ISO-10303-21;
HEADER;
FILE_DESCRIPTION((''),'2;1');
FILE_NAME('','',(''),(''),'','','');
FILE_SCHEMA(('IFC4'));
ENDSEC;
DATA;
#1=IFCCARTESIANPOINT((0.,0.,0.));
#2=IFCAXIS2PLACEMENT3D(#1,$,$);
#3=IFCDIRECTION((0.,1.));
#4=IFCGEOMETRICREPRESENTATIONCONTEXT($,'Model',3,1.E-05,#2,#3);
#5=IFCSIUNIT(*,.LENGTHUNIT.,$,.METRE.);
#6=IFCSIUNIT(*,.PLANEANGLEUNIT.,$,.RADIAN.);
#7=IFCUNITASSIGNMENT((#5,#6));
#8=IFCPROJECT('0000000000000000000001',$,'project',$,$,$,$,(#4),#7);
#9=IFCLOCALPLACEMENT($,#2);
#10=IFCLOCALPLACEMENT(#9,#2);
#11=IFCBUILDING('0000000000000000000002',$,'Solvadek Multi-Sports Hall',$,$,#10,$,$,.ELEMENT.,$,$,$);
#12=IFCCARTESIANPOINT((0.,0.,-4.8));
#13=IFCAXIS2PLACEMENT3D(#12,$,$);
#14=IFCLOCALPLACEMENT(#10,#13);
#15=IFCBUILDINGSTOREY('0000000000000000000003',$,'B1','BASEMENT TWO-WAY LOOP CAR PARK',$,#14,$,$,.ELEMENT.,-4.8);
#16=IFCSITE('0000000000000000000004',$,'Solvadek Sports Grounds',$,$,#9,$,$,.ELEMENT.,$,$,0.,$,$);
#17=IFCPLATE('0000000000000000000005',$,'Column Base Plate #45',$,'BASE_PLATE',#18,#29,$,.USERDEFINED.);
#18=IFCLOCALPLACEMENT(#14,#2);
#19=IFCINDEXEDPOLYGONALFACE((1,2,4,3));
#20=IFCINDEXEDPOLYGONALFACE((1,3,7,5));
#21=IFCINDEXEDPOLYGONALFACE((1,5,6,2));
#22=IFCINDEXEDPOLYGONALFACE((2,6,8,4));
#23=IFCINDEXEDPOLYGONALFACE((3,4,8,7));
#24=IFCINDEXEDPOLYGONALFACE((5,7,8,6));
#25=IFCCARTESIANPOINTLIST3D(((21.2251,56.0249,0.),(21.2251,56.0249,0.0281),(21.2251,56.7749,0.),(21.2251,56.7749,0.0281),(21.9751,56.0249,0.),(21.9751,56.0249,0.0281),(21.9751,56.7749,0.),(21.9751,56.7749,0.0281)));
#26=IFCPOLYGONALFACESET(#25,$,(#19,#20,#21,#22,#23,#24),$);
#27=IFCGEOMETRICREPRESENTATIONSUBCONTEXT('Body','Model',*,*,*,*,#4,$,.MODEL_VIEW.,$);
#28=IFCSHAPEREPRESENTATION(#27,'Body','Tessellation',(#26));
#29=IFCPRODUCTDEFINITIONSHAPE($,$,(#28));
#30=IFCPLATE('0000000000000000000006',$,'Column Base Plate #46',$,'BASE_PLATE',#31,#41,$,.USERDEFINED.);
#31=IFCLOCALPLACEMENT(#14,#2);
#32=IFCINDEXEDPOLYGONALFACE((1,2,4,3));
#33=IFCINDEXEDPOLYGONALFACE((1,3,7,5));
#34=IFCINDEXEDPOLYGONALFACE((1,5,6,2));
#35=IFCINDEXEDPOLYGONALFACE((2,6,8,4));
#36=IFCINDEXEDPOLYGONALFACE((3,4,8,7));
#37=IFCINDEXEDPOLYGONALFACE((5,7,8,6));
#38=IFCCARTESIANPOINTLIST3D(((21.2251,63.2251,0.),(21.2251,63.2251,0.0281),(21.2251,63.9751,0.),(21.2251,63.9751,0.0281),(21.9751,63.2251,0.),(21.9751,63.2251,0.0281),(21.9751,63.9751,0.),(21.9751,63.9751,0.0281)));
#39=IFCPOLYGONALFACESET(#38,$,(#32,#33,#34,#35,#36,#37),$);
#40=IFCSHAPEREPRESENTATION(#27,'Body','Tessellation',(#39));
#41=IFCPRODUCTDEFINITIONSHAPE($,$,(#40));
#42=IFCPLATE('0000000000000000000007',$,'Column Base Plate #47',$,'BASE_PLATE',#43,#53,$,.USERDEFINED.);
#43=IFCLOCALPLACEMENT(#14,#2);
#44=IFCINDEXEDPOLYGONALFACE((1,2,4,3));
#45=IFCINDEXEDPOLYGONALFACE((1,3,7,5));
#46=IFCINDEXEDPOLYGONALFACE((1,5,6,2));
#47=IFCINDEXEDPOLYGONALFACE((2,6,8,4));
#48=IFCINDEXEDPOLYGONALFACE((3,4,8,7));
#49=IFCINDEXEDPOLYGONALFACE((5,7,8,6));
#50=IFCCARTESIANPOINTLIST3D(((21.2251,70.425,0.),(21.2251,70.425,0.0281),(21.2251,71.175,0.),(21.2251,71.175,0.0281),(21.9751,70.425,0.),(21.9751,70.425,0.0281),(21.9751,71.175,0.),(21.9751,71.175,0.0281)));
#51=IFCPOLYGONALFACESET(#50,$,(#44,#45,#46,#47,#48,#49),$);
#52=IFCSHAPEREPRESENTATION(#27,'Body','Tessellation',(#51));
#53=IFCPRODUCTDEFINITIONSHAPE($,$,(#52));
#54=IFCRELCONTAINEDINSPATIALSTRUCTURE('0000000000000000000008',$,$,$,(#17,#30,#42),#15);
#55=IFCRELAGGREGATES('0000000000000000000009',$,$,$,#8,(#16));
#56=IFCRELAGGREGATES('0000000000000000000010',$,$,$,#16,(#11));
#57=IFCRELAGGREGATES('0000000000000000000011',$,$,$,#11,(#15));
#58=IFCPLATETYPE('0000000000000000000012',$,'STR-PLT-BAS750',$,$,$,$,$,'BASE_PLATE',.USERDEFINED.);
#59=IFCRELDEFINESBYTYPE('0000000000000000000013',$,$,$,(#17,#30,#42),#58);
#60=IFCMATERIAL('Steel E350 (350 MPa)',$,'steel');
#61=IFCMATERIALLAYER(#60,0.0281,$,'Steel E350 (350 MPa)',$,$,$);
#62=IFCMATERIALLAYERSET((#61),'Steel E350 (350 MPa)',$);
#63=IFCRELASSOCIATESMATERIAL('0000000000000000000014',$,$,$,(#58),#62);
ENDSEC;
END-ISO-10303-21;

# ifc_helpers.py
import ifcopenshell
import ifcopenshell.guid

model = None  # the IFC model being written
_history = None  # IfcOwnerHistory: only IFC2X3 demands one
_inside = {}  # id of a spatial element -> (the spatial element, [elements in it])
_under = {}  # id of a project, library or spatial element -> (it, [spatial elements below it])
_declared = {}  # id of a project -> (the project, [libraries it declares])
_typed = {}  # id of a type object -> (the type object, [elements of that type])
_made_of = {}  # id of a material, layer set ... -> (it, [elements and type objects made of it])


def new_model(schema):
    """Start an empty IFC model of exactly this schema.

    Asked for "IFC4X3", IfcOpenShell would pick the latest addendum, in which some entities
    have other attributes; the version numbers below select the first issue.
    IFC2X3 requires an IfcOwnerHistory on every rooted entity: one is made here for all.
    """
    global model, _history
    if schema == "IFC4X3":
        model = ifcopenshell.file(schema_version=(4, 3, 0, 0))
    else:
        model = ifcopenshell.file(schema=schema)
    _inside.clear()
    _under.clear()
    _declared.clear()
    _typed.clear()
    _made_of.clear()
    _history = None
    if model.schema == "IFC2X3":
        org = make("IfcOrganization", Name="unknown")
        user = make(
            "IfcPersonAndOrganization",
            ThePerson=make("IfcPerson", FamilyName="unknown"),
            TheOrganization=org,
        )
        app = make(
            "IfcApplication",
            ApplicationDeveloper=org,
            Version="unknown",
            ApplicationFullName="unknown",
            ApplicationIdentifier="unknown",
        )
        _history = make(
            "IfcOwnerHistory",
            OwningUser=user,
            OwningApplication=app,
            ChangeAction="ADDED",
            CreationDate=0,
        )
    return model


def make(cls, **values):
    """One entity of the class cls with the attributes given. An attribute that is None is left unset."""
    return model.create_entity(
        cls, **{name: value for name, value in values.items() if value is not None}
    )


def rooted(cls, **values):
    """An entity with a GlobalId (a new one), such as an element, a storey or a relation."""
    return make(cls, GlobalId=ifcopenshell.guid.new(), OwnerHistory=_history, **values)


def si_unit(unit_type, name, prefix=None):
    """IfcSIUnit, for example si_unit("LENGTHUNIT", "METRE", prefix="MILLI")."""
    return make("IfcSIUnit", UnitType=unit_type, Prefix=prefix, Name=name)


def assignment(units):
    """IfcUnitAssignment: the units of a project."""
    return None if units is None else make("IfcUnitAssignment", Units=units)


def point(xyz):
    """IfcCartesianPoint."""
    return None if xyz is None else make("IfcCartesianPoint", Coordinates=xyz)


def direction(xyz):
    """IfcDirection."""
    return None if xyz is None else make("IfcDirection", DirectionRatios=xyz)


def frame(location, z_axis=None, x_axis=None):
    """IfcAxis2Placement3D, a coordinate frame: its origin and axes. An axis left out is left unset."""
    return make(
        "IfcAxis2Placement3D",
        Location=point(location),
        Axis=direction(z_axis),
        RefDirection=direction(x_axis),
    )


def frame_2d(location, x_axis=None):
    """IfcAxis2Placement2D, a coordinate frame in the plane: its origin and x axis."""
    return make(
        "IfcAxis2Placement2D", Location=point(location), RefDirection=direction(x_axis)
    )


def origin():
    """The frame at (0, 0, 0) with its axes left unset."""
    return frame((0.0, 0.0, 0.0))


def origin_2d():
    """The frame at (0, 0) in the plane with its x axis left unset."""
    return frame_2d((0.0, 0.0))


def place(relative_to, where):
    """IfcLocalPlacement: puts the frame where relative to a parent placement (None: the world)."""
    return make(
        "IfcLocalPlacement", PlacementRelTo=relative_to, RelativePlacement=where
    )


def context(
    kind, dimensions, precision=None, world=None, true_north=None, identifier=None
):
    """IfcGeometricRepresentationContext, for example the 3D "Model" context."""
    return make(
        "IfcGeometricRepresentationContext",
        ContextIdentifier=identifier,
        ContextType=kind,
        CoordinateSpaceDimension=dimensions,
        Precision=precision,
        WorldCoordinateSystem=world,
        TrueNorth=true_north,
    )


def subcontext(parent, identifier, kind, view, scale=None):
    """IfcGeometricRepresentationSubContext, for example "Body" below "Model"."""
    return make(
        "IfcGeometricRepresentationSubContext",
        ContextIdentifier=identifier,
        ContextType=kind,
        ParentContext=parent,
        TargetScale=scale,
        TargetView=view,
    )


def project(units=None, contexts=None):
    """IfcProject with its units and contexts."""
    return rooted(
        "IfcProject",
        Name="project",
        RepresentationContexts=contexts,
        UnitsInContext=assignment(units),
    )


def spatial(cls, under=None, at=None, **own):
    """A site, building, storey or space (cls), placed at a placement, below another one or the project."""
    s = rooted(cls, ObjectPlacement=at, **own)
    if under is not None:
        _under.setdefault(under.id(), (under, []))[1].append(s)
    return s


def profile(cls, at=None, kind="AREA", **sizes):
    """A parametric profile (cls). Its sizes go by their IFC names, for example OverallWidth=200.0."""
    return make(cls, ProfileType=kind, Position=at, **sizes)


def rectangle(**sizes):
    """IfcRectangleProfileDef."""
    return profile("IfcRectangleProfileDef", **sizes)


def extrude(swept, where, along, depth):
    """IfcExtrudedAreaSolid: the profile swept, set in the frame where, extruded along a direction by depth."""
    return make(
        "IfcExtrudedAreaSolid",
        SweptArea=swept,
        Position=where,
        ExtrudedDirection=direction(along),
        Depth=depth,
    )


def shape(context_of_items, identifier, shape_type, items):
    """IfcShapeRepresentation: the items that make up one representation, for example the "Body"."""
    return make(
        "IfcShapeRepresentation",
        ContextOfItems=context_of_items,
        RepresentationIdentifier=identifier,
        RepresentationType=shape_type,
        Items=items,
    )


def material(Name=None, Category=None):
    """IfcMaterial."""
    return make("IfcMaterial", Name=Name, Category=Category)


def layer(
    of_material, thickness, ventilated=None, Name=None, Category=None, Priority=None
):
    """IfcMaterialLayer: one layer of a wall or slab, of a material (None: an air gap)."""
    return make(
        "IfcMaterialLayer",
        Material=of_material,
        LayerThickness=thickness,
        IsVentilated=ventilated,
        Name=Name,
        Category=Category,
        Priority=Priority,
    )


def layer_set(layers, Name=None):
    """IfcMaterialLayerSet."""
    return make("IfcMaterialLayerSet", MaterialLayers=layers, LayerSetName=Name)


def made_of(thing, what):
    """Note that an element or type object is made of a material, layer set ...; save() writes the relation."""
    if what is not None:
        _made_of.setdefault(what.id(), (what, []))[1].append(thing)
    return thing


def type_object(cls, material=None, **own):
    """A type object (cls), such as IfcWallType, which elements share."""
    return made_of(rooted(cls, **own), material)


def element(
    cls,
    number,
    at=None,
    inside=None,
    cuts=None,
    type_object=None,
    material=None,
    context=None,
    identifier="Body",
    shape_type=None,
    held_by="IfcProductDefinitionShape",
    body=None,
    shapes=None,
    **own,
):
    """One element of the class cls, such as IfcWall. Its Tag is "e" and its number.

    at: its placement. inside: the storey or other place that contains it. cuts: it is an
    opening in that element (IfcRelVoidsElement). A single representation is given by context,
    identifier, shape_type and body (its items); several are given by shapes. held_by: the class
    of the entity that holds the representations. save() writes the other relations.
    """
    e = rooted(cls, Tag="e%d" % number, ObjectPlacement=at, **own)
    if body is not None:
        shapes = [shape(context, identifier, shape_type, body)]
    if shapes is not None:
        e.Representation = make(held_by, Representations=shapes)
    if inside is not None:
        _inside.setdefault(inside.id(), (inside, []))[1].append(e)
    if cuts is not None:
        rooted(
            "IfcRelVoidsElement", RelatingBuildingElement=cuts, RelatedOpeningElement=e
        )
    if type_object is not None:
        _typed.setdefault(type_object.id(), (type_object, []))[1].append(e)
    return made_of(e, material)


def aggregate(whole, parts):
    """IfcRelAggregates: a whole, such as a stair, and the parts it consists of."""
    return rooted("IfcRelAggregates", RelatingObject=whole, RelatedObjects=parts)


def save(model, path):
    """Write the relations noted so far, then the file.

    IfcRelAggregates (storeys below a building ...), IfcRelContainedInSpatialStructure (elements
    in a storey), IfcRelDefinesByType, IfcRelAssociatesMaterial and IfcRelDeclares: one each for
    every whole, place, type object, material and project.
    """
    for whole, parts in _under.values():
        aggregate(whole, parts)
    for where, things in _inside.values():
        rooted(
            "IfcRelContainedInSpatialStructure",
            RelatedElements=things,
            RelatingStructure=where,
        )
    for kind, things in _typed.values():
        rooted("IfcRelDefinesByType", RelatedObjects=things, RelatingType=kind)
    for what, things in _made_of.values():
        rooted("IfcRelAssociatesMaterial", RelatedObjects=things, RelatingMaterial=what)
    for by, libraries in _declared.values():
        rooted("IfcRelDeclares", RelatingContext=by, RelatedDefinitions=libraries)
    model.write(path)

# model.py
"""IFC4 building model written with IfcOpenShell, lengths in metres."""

from ifc_helpers import new_model, si_unit, direction, frame, origin, origin_2d, place, context, subcontext, project, spatial, rectangle, extrude, material, layer, layer_set, type_object, element, save


model = new_model("IFC4")

# Units and contexts
model_context = context("Model", 3, precision=1e-05, world=origin(), true_north=direction((0.0, 1.0)))
body_context = subcontext(model_context, "Body", "Model", "MODEL_VIEW")
ifc_project = project(units=[si_unit("LENGTHUNIT", "METRE"), si_unit("PLANEANGLEUNIT", "RADIAN")], contexts=[model_context])

# Site, building, storey
site_placement = place(None, origin())
site = spatial("IfcSite", under=ifc_project, at=site_placement, Name="Solvadek Sports Grounds", CompositionType="ELEMENT", RefElevation=0.0)
building_placement = place(site_placement, origin())
building = spatial("IfcBuilding", under=site, at=building_placement, Name="Solvadek Multi-Sports Hall", CompositionType="ELEMENT")
storey_placement = place(building_placement, frame((0.0, 0.0, -4.8)))
storey = spatial("IfcBuildingStorey", under=building, at=storey_placement, Name="B1", Description="BASEMENT TWO-WAY LOOP CAR PARK", CompositionType="ELEMENT", Elevation=-4.8)

# Shared definitions
ifc_material_1 = material(Name="Steel E350 (350 MPa)", Category="steel")

# Plates
ifc_layer = layer(ifc_material_1, 0.0281, Name="Steel E350 (350 MPa)")
ifc_layer_set = layer_set([ifc_layer], Name="Steel E350 (350 MPa)")
plate_type = type_object("IfcPlateType", Name="STR-PLT-BAS750", ElementType="BASE_PLATE", PredefinedType="USERDEFINED", material=ifc_layer_set)
for number, where, z_axis, x_axis, name in (
    (1, (21.6001, 56.3999, 0.0), (0.0, 0.0, 1.0), (1.0, 0.0, 0.0), "Column Base Plate #45"),
    (2, (21.6001, 63.6001, 0.0), (0.0, 0.0, 1.0), (1.0, 0.0, 0.0), "Column Base Plate #46"),
    (3, (21.6001, 70.8, 0.0), (0.0, 0.0, 1.0), (1.0, 0.0, 0.0), "Column Base Plate #47"),
):
    element("IfcPlate", number, at=place(storey_placement, frame(where, z_axis=z_axis, x_axis=x_axis)), inside=storey, type_object=plate_type, Name=name, ObjectType="BASE_PLATE", PredefinedType="USERDEFINED", context=body_context, shape_type="SweptSolid", body=[
        extrude(rectangle(XDim=0.75, YDim=0.75, at=origin_2d()), origin(), (0.0, 0.0, 1.0), 0.0281),
    ])

save(model, "model.ifc")
